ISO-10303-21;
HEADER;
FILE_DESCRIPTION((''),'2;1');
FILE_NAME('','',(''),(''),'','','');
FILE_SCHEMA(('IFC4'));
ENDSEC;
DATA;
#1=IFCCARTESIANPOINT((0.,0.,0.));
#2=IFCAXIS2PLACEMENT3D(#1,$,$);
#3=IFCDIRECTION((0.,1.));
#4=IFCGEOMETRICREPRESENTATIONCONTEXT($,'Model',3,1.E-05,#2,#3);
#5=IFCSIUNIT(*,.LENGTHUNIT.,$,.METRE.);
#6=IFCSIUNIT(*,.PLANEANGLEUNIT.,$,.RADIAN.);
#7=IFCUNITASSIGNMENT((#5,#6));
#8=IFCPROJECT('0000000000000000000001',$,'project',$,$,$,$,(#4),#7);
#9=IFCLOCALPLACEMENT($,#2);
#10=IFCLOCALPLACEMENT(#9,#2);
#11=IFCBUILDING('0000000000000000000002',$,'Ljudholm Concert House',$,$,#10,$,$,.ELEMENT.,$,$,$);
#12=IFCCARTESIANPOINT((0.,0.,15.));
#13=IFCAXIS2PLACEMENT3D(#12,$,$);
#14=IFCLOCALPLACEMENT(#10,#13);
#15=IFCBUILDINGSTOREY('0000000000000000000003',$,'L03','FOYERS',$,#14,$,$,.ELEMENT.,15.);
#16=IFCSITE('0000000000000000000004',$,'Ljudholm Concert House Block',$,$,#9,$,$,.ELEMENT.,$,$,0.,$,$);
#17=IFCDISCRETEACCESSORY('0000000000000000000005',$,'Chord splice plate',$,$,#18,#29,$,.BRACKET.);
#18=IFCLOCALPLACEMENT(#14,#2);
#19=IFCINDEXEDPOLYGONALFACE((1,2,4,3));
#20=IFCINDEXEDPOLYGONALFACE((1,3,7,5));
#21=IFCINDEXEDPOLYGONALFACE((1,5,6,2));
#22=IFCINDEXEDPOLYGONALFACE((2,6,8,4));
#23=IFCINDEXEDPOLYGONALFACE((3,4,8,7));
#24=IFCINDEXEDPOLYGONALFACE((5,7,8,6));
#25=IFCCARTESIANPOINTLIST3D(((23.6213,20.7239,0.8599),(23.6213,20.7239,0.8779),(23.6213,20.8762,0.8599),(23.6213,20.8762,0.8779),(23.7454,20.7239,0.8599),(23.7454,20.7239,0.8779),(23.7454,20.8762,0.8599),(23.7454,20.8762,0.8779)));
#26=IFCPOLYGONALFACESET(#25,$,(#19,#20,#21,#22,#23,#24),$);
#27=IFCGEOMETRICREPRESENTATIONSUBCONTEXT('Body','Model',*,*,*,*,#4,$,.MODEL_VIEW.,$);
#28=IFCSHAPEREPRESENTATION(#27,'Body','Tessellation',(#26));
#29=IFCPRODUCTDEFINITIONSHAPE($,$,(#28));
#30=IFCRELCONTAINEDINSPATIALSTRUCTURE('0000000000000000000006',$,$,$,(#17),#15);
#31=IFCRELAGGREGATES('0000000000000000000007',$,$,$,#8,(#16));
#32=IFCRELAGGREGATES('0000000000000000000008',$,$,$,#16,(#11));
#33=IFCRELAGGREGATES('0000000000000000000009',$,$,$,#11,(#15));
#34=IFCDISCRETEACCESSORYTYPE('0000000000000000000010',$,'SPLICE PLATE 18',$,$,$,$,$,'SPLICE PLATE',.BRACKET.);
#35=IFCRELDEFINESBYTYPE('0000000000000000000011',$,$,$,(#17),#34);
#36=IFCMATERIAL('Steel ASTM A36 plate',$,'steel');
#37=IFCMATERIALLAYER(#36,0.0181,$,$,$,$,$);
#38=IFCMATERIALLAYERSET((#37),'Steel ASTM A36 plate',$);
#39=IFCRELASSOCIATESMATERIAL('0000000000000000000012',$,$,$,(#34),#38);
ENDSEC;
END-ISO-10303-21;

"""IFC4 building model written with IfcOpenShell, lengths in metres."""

from ifc_helpers import new_model, si_unit, direction, frame, origin, origin_2d, place, context, subcontext, project, spatial, rectangle, extrude, material, layer, layer_set, type_object, element, save


model = new_model("IFC4")

# Units and contexts
model_context = context("Model", 3, precision=1e-05, world=origin(), true_north=direction((0.0, 1.0)))
body_context = subcontext(model_context, "Body", "Model", "MODEL_VIEW")
ifc_project = project(units=[si_unit("LENGTHUNIT", "METRE"), si_unit("PLANEANGLEUNIT", "RADIAN")], contexts=[model_context])

# Site, building, storey
site_placement = place(None, origin())
site = spatial("IfcSite", under=ifc_project, at=site_placement, Name="Ljudholm Concert House Block", CompositionType="ELEMENT", RefElevation=0.0)
building_placement = place(site_placement, origin())
building = spatial("IfcBuilding", under=site, at=building_placement, Name="Ljudholm Concert House", CompositionType="ELEMENT")
storey_placement = place(building_placement, frame((0.0, 0.0, 15.0)))
storey = spatial("IfcBuildingStorey", under=building, at=storey_placement, Name="L03", Description="FOYERS", CompositionType="ELEMENT", Elevation=15.0)

# Discrete accessory
ifc_material_1 = material(Name="Steel ASTM A36 plate", Category="steel")
ifc_layer = layer(ifc_material_1, 0.0181)
ifc_layer_set = layer_set([ifc_layer], Name="Steel ASTM A36 plate")
discrete_accessory_type = type_object("IfcDiscreteAccessoryType", Name="SPLICE PLATE 18", ElementType="SPLICE PLATE", PredefinedType="BRACKET", material=ifc_layer_set)
for number, where, z_axis, x_axis, name in (
    (1, (23.6833, 20.8, 0.8599), (0.0, 0.0, 1.0), (1.0, 0.0, 0.0), "Chord splice plate"),
):
    element("IfcDiscreteAccessory", number, at=place(storey_placement, frame(where, z_axis=z_axis, x_axis=x_axis)), inside=storey, type_object=discrete_accessory_type, Name=name, PredefinedType="BRACKET", context=body_context, shape_type="SweptSolid", body=[
        extrude(rectangle(XDim=0.124, YDim=0.1523, at=origin_2d()), origin(), (0.0, 0.0, 1.0), 0.0181),
    ])

save(model, "model.ifc")
